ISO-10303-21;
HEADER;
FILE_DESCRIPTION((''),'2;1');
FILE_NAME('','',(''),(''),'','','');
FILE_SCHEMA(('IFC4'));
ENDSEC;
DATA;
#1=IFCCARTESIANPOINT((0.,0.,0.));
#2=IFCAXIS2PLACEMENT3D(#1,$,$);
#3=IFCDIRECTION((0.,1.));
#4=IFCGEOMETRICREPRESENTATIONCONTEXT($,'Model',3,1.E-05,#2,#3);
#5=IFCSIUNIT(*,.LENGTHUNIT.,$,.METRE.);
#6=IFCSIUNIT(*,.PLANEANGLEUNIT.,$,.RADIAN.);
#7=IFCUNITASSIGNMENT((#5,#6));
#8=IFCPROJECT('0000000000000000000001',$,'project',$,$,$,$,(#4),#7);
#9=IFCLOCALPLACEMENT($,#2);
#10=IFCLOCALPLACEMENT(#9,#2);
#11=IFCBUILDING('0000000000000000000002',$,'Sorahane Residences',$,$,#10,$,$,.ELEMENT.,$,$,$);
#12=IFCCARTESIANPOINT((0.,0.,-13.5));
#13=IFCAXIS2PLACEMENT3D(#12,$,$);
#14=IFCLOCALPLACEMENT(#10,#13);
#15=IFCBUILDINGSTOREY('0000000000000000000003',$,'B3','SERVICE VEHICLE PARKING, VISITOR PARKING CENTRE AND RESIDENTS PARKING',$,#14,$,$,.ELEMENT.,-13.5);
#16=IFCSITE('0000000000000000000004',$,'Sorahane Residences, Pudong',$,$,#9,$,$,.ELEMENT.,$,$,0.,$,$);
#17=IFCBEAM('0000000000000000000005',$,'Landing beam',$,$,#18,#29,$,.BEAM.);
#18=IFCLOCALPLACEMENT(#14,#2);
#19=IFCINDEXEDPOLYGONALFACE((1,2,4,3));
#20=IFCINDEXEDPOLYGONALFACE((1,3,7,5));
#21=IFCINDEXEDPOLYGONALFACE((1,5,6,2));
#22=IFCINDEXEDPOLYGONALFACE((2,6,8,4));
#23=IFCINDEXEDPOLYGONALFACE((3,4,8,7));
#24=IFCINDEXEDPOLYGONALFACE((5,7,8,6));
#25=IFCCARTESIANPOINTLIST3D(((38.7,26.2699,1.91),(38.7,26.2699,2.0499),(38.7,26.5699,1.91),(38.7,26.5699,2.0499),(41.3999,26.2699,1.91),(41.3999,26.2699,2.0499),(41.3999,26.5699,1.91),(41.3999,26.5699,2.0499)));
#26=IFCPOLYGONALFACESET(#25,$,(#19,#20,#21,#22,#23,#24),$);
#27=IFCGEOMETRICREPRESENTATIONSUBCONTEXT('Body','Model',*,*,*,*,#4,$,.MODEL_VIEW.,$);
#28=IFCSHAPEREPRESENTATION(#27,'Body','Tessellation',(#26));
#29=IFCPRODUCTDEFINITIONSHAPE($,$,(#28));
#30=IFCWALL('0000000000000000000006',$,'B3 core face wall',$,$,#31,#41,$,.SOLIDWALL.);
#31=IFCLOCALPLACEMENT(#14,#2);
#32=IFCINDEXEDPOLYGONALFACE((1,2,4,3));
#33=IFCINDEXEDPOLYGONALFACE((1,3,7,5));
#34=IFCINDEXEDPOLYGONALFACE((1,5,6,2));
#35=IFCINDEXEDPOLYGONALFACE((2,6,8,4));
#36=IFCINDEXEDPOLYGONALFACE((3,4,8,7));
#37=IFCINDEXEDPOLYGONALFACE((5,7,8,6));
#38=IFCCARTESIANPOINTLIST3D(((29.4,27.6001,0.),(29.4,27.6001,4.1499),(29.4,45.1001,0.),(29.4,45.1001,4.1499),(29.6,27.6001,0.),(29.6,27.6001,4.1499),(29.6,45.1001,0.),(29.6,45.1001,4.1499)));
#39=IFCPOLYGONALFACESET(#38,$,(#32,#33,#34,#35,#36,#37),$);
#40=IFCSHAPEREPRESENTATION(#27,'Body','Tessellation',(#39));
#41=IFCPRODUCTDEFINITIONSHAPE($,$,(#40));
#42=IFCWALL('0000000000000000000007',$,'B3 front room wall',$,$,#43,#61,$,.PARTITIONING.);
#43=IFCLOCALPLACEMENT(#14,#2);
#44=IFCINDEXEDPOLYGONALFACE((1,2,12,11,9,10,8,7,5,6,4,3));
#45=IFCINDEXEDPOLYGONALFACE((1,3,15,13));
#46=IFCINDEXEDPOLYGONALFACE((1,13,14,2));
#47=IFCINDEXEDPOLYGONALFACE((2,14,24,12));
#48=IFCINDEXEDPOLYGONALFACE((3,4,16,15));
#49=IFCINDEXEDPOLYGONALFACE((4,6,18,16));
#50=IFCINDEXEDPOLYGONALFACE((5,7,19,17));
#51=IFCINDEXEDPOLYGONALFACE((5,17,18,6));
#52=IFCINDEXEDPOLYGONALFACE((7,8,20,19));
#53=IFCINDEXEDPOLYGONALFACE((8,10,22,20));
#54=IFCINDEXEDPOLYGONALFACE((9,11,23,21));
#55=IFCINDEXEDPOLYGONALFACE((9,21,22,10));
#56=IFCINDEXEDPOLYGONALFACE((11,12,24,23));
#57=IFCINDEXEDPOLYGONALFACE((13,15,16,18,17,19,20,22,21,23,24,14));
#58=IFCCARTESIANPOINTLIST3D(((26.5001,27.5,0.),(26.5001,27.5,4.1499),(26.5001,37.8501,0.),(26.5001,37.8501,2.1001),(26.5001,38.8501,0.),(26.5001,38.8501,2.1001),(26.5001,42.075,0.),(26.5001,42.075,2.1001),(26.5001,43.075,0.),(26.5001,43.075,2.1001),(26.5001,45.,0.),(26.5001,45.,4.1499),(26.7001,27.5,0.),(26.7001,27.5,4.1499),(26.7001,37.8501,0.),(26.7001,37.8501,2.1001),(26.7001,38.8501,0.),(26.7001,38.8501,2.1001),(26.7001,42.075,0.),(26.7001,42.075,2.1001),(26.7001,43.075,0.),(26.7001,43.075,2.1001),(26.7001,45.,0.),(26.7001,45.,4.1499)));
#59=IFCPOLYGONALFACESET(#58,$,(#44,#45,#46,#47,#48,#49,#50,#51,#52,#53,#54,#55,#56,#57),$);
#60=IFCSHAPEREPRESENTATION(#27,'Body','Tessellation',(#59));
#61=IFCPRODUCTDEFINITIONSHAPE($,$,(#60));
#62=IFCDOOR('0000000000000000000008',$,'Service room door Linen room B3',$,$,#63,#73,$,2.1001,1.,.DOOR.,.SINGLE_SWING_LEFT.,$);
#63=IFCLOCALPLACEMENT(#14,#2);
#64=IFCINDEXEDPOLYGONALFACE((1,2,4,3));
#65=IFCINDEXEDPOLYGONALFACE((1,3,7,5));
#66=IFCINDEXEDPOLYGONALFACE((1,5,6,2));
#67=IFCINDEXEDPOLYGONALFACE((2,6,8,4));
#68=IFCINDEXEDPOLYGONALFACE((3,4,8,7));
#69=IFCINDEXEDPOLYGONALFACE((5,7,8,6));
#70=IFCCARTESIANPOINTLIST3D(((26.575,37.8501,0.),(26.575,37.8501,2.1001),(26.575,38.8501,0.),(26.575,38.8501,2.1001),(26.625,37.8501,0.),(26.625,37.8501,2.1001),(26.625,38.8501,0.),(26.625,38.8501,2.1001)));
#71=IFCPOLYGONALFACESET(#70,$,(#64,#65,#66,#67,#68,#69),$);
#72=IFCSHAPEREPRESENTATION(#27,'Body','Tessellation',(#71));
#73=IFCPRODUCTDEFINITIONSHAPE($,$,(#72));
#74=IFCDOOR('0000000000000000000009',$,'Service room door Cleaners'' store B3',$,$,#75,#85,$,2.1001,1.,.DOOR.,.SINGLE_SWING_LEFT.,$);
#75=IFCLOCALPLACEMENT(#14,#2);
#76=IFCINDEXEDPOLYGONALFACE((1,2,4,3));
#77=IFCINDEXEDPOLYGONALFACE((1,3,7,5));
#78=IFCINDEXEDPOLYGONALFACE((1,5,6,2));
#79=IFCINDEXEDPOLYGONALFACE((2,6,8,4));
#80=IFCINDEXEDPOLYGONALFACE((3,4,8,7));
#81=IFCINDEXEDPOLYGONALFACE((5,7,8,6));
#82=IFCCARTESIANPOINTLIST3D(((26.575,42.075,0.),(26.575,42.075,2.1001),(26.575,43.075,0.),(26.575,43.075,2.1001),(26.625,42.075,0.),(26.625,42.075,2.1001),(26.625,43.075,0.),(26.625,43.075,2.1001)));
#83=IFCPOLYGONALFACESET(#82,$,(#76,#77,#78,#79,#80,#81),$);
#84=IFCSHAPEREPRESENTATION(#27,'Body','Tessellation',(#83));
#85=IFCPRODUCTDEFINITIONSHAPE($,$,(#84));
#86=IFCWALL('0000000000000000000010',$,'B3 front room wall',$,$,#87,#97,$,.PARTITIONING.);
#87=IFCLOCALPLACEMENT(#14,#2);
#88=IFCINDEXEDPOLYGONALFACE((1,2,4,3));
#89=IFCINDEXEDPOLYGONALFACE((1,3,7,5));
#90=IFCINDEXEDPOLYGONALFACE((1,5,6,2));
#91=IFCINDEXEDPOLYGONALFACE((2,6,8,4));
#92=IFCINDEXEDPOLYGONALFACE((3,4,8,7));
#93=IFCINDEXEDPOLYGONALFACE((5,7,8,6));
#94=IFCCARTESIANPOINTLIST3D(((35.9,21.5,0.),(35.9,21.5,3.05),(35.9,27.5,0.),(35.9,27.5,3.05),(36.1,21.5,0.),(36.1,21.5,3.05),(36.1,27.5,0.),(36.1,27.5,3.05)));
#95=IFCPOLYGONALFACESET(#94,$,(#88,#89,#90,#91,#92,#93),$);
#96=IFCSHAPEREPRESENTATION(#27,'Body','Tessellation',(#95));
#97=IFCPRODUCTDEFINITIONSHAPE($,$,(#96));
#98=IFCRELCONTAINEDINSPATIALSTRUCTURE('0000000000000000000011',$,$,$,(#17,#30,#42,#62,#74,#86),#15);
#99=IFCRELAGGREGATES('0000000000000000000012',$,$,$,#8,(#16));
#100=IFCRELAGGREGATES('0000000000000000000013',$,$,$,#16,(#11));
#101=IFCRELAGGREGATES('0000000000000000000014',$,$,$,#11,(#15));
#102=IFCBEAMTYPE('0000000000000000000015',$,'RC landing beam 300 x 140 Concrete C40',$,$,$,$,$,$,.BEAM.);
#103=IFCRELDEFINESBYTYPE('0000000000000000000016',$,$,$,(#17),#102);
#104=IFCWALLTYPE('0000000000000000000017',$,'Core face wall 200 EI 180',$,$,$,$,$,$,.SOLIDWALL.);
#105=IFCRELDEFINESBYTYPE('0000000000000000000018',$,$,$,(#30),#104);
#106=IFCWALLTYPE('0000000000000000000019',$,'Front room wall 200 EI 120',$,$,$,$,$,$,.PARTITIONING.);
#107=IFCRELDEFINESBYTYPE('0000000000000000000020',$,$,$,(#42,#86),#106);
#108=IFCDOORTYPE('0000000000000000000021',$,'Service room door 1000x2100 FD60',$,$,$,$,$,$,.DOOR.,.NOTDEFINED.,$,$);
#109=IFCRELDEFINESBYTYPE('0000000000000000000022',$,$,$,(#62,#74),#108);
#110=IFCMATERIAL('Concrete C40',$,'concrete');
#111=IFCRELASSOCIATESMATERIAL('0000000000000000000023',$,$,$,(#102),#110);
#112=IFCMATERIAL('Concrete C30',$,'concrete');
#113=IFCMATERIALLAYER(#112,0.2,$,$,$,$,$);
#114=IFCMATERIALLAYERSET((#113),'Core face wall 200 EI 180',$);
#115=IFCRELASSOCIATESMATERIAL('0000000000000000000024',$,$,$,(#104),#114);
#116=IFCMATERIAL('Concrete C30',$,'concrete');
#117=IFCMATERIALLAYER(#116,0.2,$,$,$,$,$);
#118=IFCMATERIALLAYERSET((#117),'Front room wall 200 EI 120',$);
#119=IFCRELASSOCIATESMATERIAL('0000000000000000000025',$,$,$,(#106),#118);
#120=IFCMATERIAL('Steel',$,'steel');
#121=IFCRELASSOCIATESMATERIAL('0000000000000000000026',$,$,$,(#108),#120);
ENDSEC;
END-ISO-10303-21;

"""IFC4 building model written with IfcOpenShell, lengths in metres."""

from ifc_helpers import new_model, si_unit, direction, frame, frame_2d, origin, origin_2d, place, context, subcontext, project, spatial, rectangle, extrude, material, layer, layer_set, material_profile, profile_set, type_object, element, fill, save


model = new_model("IFC4")

# Units and contexts
model_context = context("Model", 3, precision=1e-05, world=origin(), true_north=direction((0.0, 1.0)))
body_context = subcontext(model_context, "Body", "Model", "MODEL_VIEW")
ifc_project = project(units=[si_unit("LENGTHUNIT", "METRE"), si_unit("PLANEANGLEUNIT", "RADIAN")], contexts=[model_context])

# Site, building, storey
site_placement = place(None, origin())
site = spatial("IfcSite", under=ifc_project, at=site_placement, Name="Sorahane Residences, Pudong", CompositionType="ELEMENT", RefElevation=0.0)
building_placement = place(site_placement, origin())
building = spatial("IfcBuilding", under=site, at=building_placement, Name="Sorahane Residences", CompositionType="ELEMENT")
storey_placement = place(building_placement, frame((0.0, 0.0, -13.5)))
storey = spatial("IfcBuildingStorey", under=building, at=storey_placement, Name="B3", Description="SERVICE VEHICLE PARKING, VISITOR PARKING CENTRE AND RESIDENTS PARKING", CompositionType="ELEMENT", Elevation=-13.5)

# Beam
ifc_material_1 = material(Name="Concrete C40", Category="concrete")
ifc_material_profile_1 = material_profile(ifc_material_1, rectangle(XDim=0.3, YDim=0.1399, at=origin_2d()), Name="300x140")
ifc_profile_set_1 = profile_set([ifc_material_profile_1], Name="Concrete C40")
beam_type = type_object("IfcBeamType", Name="RC landing beam 300 x 140 Concrete C40", PredefinedType="BEAM", material=ifc_profile_set_1)
beam_placement = place(storey_placement, frame((38.7, 26.4199, 1.98), z_axis=(1.0, 0.0, 0.0), x_axis=(0.0, 1.0, 0.0)))
element("IfcBeam", 1, at=beam_placement, inside=storey, type_object=beam_type, Name="Landing beam", PredefinedType="BEAM", context=body_context, shape_type="SweptSolid", body=[
    extrude(rectangle(XDim=0.3, YDim=0.1399, at=origin_2d()), origin(), (0.0, 0.0, 1.0), 2.7),
])

# Wall
ifc_material_2 = material(Name="Concrete C30", Category="concrete")
ifc_layer_1 = layer(ifc_material_2, 0.2)
ifc_layer_set_1 = layer_set([ifc_layer_1], Name="Core face wall 200 EI 180")
wall_type_1 = type_object("IfcWallType", Name="Core face wall 200 EI 180", PredefinedType="SOLIDWALL", material=ifc_layer_set_1)
wall_1_placement = place(storey_placement, frame((29.5, 27.6001, 0.0), z_axis=(0.0, 0.0, 1.0), x_axis=(0.0, 1.0, 0.0)))
element("IfcWall", 2, at=wall_1_placement, inside=storey, type_object=wall_type_1, Name="B3 core face wall", PredefinedType="SOLIDWALL", context=body_context, shape_type="SweptSolid", body=[
    extrude(rectangle(XDim=17.5, YDim=0.2, at=frame_2d((8.75, 0.0))), origin(), (0.0, 0.0, 1.0), 4.1499),
])

# Wall, openings, doors
ifc_material_3 = material(Name="Concrete C30", Category="concrete")
ifc_layer_2 = layer(ifc_material_3, 0.2)
ifc_layer_set_2 = layer_set([ifc_layer_2], Name="Front room wall 200 EI 120")
wall_type_2 = type_object("IfcWallType", Name="Front room wall 200 EI 120", PredefinedType="PARTITIONING", material=ifc_layer_set_2)
wall_2_placement = place(storey_placement, frame((26.6001, 27.5, 0.0), z_axis=(0.0, 0.0, 1.0), x_axis=(0.0, 1.0, 0.0)))
wall_2 = element("IfcWall", 3, at=wall_2_placement, inside=storey, type_object=wall_type_2, Name="B3 front room wall", PredefinedType="PARTITIONING", context=body_context, shape_type="SweptSolid", body=[
    extrude(rectangle(XDim=17.5, YDim=0.2, at=frame_2d((8.75, 0.0))), origin(), (0.0, 0.0, 1.0), 4.1499),
])
opening_1_placement = place(wall_2_placement, frame((10.3501, 0.0, 0.0)))
opening_1 = element("IfcOpeningElement", 4, at=opening_1_placement, cuts=wall_2, PredefinedType="OPENING", context=body_context, shape_type="SweptSolid", body=[
    extrude(rectangle(XDim=1.0, YDim=2.1001, at=frame_2d((0.5, 1.05))), frame((0.0, 0.1099, 0.0), z_axis=(0.0, -1.0, 0.0), x_axis=(1.0, 0.0, 0.0)), (0.0, 0.0, 1.0), 0.22),
])
opening_2_placement = place(wall_2_placement, frame((14.575, 0.0, 0.0)))
opening_2 = element("IfcOpeningElement", 5, at=opening_2_placement, cuts=wall_2, PredefinedType="OPENING", context=body_context, shape_type="SweptSolid", body=[
    extrude(rectangle(XDim=1.0, YDim=2.1001, at=frame_2d((0.5, 1.05))), frame((0.0, 0.1099, 0.0), z_axis=(0.0, -1.0, 0.0), x_axis=(1.0, 0.0, 0.0)), (0.0, 0.0, 1.0), 0.22),
])
ifc_material_4 = material(Name="Steel", Category="steel")
door_type_1 = type_object("IfcDoorType", Name="Service room door 1000x2100 FD60", OperationType="NOTDEFINED", PredefinedType="DOOR", material=ifc_material_4)
door_1_placement = place(opening_1_placement, frame((1.0, 0.0, 0.0), z_axis=(0.0, 0.0, 1.0), x_axis=(-1.0, 0.0, 0.0)))
door_1 = element("IfcDoor", 6, at=door_1_placement, inside=storey, type_object=door_type_1, Name="Service room door Linen room B3", OperationType="SINGLE_SWING_LEFT", OverallHeight=2.1001, OverallWidth=1.0, PredefinedType="DOOR", context=body_context, shape_type="SweptSolid", body=[
    extrude(rectangle(XDim=1.0, YDim=2.1001, at=frame_2d((0.5, 1.05))), frame((0.0, 0.0249, 0.0), z_axis=(0.0, -1.0, 0.0), x_axis=(1.0, 0.0, 0.0)), (0.0, 0.0, 1.0), 0.05),
])
fill(opening_1, door_1)
door_2_placement = place(opening_2_placement, frame((1.0, 0.0, 0.0), z_axis=(0.0, 0.0, 1.0), x_axis=(-1.0, 0.0, 0.0)))
door_2 = element("IfcDoor", 7, at=door_2_placement, inside=storey, type_object=door_type_1, Name="Service room door Cleaners' store B3", OperationType="SINGLE_SWING_LEFT", OverallHeight=2.1001, OverallWidth=1.0, PredefinedType="DOOR", context=body_context, shape_type="SweptSolid", body=[
    extrude(rectangle(XDim=1.0, YDim=2.1001, at=frame_2d((0.5, 1.05))), frame((0.0, 0.0249, 0.0), z_axis=(0.0, -1.0, 0.0), x_axis=(1.0, 0.0, 0.0)), (0.0, 0.0, 1.0), 0.05),
])
fill(opening_2, door_2)

# Wall
wall_3_placement = place(storey_placement, frame((36.0, 21.5, 0.0), z_axis=(0.0, 0.0, 1.0), x_axis=(0.0, 1.0, 0.0)))
element("IfcWall", 8, at=wall_3_placement, inside=storey, type_object=wall_type_2, Name="B3 front room wall", PredefinedType="PARTITIONING", context=body_context, shape_type="SweptSolid", body=[
    extrude(rectangle(XDim=6.0, YDim=0.2, at=frame_2d((3.0, 0.0))), origin(), (0.0, 0.0, 1.0), 3.05),
])

save(model, "model.ifc")
